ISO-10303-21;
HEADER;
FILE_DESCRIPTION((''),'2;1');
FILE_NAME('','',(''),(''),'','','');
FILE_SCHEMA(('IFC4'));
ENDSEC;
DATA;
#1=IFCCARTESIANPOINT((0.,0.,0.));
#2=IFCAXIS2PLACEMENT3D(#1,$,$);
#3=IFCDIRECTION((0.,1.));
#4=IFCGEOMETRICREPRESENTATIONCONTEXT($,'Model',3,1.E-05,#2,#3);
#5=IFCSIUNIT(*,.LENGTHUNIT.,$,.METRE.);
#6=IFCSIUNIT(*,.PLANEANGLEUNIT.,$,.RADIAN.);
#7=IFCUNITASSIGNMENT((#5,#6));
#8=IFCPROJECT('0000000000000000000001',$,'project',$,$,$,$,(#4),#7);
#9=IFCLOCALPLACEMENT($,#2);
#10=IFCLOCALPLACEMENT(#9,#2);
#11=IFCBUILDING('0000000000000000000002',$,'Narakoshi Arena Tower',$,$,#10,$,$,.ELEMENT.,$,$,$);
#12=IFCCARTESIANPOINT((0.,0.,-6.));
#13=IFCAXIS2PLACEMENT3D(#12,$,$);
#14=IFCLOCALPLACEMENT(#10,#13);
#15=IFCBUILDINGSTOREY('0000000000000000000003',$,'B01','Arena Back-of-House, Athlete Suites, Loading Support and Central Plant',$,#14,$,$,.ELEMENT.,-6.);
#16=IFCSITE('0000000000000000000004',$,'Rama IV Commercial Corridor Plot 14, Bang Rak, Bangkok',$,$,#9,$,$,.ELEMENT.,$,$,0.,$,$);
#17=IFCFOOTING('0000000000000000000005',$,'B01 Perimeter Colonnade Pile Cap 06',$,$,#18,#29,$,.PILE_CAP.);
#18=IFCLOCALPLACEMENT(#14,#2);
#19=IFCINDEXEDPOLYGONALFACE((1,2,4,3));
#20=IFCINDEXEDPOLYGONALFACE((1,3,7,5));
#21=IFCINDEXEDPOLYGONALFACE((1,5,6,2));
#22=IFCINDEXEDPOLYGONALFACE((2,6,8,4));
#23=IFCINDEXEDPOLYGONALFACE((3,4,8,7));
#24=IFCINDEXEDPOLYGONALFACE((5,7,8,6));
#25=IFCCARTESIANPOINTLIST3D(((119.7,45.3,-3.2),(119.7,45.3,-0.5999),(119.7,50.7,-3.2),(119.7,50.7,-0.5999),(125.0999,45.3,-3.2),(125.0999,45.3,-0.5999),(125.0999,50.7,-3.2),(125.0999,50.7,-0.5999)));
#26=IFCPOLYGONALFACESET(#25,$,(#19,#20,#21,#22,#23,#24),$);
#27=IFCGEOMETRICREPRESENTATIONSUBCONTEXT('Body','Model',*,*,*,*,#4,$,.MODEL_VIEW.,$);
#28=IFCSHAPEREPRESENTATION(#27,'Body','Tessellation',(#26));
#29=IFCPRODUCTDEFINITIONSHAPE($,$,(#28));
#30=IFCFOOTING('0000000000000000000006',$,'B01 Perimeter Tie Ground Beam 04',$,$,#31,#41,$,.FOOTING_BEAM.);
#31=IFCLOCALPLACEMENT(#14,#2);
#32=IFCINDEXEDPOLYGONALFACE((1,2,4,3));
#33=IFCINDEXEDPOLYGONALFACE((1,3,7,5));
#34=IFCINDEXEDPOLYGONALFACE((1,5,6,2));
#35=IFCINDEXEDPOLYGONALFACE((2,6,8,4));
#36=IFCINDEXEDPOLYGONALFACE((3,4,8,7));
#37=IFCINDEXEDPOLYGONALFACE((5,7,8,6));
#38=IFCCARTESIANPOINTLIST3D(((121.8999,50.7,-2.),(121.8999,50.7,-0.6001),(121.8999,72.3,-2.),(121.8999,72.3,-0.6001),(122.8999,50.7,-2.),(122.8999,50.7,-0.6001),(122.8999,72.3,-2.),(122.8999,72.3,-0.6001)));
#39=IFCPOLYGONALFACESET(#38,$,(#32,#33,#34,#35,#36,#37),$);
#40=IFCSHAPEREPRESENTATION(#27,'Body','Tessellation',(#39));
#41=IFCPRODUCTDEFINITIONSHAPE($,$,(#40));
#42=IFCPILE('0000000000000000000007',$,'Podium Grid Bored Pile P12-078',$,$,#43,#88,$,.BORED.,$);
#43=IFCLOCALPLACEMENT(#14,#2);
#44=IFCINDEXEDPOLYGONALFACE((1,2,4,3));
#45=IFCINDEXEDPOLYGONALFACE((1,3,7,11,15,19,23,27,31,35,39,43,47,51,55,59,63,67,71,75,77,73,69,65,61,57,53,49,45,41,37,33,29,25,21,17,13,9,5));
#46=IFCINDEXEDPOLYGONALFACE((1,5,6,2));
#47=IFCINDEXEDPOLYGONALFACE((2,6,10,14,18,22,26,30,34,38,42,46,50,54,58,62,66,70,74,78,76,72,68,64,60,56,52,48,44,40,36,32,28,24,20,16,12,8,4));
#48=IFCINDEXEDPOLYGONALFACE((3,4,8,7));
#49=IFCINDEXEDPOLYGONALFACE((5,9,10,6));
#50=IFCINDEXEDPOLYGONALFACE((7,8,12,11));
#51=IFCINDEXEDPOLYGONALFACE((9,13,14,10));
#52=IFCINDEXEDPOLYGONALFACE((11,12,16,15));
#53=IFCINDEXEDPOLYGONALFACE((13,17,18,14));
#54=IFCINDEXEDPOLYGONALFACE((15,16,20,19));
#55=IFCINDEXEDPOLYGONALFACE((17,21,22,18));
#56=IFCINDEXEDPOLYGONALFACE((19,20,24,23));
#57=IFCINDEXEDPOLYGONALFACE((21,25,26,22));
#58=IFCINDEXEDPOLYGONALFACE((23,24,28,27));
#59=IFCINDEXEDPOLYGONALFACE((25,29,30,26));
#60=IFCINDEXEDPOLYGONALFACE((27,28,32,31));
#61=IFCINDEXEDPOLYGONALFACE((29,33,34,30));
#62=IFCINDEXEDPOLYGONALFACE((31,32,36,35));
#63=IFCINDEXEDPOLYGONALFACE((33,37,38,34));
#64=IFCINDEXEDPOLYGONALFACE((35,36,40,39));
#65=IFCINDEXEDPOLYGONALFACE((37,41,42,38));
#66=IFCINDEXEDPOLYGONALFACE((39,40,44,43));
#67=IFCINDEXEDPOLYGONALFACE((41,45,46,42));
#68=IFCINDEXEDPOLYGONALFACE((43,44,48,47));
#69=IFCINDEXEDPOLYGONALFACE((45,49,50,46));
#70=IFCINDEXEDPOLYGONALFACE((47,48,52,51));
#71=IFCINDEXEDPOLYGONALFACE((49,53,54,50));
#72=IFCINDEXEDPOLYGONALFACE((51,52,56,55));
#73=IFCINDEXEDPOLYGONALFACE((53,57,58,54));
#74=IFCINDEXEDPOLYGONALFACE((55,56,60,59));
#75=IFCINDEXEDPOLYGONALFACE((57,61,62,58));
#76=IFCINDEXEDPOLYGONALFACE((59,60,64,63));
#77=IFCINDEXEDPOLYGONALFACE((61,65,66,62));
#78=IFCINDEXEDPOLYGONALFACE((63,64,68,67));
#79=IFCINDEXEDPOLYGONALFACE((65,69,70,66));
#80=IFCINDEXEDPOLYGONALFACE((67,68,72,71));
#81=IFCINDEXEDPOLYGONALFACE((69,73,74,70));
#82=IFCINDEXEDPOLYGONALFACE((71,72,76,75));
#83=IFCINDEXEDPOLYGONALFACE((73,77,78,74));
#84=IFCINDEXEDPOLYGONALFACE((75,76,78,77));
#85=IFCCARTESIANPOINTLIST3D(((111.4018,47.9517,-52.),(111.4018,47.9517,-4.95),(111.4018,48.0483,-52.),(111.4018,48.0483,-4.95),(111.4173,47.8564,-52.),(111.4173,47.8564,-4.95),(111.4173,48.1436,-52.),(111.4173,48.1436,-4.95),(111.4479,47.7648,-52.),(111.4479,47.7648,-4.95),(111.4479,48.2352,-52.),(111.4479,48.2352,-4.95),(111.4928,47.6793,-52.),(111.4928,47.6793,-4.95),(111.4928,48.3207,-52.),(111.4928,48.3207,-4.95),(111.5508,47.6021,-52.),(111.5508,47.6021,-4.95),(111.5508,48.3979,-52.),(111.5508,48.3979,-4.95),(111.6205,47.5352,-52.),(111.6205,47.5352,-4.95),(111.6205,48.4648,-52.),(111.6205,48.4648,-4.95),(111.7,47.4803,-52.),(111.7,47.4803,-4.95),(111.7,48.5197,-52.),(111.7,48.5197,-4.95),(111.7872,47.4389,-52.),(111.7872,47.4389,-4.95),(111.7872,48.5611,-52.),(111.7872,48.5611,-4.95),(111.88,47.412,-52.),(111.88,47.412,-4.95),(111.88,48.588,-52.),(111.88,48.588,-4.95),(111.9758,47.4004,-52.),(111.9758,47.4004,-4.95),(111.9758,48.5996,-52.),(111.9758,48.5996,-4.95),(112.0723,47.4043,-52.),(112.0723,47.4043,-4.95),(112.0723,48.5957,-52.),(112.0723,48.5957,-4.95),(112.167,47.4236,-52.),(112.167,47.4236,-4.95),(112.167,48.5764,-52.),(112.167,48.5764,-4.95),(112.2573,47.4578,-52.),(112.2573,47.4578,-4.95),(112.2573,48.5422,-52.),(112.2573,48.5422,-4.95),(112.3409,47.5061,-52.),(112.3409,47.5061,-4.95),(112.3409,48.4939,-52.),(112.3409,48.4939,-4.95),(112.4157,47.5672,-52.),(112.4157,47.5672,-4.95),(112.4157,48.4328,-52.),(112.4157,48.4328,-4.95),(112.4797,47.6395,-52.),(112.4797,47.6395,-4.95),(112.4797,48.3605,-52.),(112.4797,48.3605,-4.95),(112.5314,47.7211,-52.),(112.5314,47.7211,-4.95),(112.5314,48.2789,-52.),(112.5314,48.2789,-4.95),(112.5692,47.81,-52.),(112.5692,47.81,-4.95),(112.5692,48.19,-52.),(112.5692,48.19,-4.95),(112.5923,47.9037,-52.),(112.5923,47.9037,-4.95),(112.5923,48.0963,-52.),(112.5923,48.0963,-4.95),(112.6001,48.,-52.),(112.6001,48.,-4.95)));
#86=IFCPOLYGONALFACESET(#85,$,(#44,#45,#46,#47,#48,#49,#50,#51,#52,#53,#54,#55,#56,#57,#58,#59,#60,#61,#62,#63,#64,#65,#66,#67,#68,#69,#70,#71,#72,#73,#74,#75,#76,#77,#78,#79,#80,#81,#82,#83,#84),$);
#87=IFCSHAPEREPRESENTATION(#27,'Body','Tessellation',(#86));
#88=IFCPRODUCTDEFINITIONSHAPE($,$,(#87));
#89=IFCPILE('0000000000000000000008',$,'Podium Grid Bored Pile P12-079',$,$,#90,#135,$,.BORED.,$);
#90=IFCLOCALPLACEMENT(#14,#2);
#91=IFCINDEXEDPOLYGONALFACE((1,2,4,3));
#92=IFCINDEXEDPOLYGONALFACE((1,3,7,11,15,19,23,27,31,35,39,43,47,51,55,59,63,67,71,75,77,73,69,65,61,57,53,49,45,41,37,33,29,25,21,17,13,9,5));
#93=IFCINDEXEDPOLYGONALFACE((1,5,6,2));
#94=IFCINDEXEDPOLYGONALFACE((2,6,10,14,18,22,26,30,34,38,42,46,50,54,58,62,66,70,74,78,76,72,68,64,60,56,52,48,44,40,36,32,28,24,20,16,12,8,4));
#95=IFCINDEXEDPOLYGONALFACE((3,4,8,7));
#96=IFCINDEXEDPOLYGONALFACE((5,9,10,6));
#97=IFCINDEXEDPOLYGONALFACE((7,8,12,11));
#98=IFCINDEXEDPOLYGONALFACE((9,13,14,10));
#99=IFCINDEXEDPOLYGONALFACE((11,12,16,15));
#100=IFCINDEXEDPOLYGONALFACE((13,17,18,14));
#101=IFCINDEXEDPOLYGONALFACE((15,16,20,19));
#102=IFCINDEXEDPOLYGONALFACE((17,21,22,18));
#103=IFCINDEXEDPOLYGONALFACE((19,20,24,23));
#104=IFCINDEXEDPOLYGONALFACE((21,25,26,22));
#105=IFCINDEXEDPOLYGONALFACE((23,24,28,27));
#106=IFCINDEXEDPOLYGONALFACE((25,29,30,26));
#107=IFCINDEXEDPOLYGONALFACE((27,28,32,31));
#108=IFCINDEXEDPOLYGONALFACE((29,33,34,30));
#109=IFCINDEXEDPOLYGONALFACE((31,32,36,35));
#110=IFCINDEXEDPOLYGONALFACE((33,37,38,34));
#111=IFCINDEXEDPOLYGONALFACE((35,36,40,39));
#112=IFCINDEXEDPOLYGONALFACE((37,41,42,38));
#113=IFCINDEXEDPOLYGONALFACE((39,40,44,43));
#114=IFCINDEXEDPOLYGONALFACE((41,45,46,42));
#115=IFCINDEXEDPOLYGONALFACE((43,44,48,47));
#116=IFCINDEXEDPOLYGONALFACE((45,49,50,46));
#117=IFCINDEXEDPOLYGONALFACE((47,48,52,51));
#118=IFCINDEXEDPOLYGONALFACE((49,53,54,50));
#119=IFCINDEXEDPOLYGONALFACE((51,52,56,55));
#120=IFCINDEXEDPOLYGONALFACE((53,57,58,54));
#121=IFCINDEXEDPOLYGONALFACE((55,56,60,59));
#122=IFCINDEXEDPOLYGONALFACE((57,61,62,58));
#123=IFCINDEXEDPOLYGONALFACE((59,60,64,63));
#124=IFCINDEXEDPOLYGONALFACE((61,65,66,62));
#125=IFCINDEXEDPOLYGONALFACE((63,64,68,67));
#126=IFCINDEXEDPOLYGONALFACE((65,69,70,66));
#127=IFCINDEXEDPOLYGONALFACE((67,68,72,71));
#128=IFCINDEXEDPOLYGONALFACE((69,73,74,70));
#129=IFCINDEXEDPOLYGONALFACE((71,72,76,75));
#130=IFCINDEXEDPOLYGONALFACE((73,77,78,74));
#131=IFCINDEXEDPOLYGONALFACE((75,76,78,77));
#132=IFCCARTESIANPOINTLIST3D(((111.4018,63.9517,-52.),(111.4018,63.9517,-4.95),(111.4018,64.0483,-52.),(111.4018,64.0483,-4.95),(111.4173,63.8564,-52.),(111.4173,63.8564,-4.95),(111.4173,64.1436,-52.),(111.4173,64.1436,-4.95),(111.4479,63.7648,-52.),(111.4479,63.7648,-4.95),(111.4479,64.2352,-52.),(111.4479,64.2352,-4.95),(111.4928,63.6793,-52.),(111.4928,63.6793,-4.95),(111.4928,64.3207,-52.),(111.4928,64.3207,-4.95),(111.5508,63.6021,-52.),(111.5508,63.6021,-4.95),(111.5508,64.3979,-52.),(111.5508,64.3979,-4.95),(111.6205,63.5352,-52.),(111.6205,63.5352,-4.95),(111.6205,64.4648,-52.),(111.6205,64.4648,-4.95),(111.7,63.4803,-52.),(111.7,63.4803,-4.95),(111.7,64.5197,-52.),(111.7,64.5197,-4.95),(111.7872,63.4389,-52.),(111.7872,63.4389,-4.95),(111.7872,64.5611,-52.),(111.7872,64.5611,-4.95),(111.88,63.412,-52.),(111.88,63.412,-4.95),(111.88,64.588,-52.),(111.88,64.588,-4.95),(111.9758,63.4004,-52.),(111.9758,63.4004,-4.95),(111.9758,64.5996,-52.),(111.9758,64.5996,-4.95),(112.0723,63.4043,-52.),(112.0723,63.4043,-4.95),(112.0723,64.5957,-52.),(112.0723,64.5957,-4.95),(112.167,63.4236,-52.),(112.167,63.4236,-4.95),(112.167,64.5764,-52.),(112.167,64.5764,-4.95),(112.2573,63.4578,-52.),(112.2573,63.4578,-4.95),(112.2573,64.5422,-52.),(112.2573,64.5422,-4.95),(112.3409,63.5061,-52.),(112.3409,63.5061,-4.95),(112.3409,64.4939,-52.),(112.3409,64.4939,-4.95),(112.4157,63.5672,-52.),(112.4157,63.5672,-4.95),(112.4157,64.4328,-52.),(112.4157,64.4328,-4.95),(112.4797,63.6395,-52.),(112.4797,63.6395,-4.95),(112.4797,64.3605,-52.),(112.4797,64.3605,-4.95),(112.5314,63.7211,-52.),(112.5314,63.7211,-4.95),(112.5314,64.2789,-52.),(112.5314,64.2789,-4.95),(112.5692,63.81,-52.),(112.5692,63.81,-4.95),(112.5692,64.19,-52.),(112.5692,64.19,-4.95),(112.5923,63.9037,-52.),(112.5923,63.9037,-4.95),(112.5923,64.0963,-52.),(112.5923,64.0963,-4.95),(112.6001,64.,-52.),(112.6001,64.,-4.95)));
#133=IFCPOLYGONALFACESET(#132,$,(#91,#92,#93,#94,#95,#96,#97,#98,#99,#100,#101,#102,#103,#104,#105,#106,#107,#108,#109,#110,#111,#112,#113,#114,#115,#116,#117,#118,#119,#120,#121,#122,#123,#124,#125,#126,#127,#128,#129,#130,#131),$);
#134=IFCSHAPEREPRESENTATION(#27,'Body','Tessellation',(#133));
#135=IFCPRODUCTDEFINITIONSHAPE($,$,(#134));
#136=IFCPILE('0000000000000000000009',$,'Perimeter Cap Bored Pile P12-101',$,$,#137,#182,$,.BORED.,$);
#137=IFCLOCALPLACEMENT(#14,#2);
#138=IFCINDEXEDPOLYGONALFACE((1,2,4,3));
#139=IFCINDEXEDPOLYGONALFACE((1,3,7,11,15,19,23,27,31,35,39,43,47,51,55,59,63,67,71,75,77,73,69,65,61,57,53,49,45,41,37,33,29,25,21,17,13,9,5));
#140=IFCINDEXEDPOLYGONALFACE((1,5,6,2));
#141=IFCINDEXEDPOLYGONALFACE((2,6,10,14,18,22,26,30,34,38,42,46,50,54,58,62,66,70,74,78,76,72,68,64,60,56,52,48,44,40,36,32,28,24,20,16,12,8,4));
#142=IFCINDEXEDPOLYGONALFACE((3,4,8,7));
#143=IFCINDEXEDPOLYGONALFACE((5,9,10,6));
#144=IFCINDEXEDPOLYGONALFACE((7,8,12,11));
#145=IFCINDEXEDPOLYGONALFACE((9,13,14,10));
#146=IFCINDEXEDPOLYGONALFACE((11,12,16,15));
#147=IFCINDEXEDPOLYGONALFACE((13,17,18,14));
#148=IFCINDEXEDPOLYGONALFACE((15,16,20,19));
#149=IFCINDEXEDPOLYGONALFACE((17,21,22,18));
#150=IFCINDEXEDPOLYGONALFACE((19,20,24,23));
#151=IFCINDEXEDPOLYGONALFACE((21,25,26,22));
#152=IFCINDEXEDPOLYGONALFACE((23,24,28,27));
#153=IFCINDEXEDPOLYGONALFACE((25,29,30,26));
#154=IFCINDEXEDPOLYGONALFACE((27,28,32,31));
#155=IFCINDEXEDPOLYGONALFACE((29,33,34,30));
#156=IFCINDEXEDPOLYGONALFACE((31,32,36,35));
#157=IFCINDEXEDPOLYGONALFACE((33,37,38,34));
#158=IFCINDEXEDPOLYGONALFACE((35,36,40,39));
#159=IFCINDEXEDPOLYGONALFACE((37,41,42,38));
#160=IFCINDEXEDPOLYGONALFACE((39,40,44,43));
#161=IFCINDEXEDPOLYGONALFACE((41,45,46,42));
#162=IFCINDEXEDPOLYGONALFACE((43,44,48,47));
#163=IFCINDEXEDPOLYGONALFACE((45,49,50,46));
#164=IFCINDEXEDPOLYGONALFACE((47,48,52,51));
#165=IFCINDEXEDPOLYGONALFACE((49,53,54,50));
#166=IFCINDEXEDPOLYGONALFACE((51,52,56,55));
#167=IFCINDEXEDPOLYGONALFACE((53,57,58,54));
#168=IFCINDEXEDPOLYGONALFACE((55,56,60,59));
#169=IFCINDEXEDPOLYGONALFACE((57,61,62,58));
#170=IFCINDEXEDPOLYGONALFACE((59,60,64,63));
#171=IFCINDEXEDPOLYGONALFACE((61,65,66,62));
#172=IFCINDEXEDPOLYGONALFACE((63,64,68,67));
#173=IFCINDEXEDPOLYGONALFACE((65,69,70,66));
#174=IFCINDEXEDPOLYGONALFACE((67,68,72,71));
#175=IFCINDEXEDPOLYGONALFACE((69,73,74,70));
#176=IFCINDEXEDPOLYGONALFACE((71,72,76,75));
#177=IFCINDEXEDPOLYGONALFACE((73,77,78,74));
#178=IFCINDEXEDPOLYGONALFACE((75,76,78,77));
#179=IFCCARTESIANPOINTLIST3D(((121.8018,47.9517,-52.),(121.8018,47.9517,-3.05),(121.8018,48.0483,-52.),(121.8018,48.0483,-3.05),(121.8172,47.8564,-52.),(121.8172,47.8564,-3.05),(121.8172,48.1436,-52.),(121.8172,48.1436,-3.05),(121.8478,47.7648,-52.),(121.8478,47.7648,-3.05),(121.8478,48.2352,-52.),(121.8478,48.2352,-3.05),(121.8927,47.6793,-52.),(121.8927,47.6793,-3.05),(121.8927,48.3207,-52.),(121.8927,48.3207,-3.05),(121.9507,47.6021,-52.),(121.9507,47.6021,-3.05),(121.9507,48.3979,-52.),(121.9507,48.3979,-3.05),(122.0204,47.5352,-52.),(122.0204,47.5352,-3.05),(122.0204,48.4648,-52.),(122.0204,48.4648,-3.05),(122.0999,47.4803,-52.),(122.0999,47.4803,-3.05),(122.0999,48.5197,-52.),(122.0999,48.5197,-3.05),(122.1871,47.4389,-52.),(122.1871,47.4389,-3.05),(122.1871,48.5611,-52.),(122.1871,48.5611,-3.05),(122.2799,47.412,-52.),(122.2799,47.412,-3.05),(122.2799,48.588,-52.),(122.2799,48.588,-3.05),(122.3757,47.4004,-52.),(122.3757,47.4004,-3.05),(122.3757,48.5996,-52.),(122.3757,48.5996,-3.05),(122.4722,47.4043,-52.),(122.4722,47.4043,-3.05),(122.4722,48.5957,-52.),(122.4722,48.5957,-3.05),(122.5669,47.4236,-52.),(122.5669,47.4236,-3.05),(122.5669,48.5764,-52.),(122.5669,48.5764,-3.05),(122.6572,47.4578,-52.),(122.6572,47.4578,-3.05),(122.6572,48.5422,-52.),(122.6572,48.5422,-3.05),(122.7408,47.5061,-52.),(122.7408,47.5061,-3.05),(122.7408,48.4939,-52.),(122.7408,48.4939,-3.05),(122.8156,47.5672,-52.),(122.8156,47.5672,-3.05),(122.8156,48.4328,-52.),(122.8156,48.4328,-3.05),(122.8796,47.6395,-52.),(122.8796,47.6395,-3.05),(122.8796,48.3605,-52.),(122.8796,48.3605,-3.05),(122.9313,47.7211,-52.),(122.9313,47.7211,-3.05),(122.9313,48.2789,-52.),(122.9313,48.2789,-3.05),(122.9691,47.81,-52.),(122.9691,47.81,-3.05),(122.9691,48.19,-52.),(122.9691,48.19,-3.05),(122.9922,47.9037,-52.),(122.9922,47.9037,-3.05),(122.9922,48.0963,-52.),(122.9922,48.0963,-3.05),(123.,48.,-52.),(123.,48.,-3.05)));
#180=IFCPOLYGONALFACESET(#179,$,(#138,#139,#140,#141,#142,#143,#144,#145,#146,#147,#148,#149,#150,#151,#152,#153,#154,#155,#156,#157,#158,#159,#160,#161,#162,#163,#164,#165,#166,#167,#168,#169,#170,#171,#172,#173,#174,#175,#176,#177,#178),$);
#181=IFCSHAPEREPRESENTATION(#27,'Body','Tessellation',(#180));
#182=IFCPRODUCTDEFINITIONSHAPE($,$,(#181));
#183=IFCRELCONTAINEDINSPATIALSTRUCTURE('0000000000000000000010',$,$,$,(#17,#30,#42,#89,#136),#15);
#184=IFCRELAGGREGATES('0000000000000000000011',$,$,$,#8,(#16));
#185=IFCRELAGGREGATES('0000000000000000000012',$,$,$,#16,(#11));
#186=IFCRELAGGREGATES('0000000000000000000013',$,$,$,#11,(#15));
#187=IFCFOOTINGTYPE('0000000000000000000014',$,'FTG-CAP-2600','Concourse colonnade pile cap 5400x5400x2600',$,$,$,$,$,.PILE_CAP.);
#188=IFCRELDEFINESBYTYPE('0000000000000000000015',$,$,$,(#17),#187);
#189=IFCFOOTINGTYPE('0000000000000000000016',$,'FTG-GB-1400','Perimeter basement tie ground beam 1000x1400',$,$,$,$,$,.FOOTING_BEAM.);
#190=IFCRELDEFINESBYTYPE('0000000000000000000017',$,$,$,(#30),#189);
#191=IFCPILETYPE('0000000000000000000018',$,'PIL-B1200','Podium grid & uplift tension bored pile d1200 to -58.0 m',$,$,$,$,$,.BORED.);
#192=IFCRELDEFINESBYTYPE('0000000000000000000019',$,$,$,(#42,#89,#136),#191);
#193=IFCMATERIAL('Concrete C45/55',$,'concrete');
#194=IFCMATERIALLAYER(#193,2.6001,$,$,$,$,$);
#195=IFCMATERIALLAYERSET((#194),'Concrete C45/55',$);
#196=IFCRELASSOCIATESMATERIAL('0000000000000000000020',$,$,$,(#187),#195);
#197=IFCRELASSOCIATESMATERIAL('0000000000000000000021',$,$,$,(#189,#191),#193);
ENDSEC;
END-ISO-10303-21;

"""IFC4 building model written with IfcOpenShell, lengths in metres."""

from ifc_helpers import new_model, si_unit, direction, frame, origin, origin_2d, place, context, subcontext, project, spatial, rectangle, circle, extrude, material, layer, layer_set, material_profile, profile_set, type_object, element, save


model = new_model("IFC4")

# Units and contexts
model_context = context("Model", 3, precision=1e-05, world=origin(), true_north=direction((0.0, 1.0)))
body_context = subcontext(model_context, "Body", "Model", "MODEL_VIEW")
ifc_project = project(units=[si_unit("LENGTHUNIT", "METRE"), si_unit("PLANEANGLEUNIT", "RADIAN")], contexts=[model_context])

# Site, building, storey
site_placement = place(None, origin())
site = spatial("IfcSite", under=ifc_project, at=site_placement, Name="Rama IV Commercial Corridor Plot 14, Bang Rak, Bangkok", CompositionType="ELEMENT", RefElevation=0.0)
building_placement = place(site_placement, origin())
building = spatial("IfcBuilding", under=site, at=building_placement, Name="Narakoshi Arena Tower", CompositionType="ELEMENT")
storey_placement = place(building_placement, frame((0.0, 0.0, -6.0)))
storey = spatial("IfcBuildingStorey", under=building, at=storey_placement, Name="B01", Description="Arena Back-of-House, Athlete Suites, Loading Support and Central Plant", CompositionType="ELEMENT", Elevation=-6.0)

# Footings
ifc_material_1 = material(Name="Concrete C45/55", Category="concrete")
ifc_layer_1 = layer(ifc_material_1, 2.6001)
ifc_layer_set_1 = layer_set([ifc_layer_1], Name="Concrete C45/55")
footing_type_1 = type_object("IfcFootingType", Name="FTG-CAP-2600", Description="Concourse colonnade pile cap 5400x5400x2600", PredefinedType="PILE_CAP", material=ifc_layer_set_1)
footing_1_placement = place(storey_placement, frame((122.3999, 48.0, -3.2), z_axis=(0.0, 0.0, 1.0), x_axis=(1.0, 0.0, 0.0)))
element("IfcFooting", 1, at=footing_1_placement, inside=storey, type_object=footing_type_1, Name="B01 Perimeter Colonnade Pile Cap 06", PredefinedType="PILE_CAP", context=body_context, shape_type="SweptSolid", body=[
    extrude(rectangle(XDim=5.3999, YDim=5.3999, at=origin_2d()), origin(), (0.0, 0.0, 1.0), 2.6001),
])
ifc_material_profile_1 = material_profile(ifc_material_1, rectangle(XDim=1.0, YDim=1.3999, at=origin_2d()), Name="RGB1000x1400")
ifc_profile_set_1 = profile_set([ifc_material_profile_1], Name="Concrete C45/55")
footing_type_2 = type_object("IfcFootingType", Name="FTG-GB-1400", Description="Perimeter basement tie ground beam 1000x1400", PredefinedType="FOOTING_BEAM", material=ifc_profile_set_1)
footing_2_placement = place(storey_placement, frame((122.3999, 50.7, -1.3), z_axis=(0.0, 1.0, 0.0), x_axis=(-1.0, 0.0, 0.0)))
element("IfcFooting", 2, at=footing_2_placement, inside=storey, type_object=footing_type_2, Name="B01 Perimeter Tie Ground Beam 04", PredefinedType="FOOTING_BEAM", context=body_context, shape_type="SweptSolid", body=[
    extrude(rectangle(XDim=1.0, YDim=1.3999, at=origin_2d()), origin(), (0.0, 0.0, 1.0), 21.6001),
])

# Piles
ifc_material_profile_2 = material_profile(ifc_material_1, circle(Radius=0.6001, at=origin_2d()), Name="PILE-D1200")
ifc_profile_set_2 = profile_set([ifc_material_profile_2], Name="Concrete C45/55")
pile_type_1 = type_object("IfcPileType", Name="PIL-B1200", Description="Podium grid & uplift tension bored pile d1200 to -58.0 m", PredefinedType="BORED", material=ifc_profile_set_2)
for number, where, z_axis, x_axis, name in (
    (3, (112.0, 48.0, -4.95), (0.0, 0.0, -1.0), (1.0, 0.0, 0.0), "Podium Grid Bored Pile P12-078"),
    (4, (112.0, 64.0, -4.95), (0.0, 0.0, -1.0), (1.0, 0.0, 0.0), "Podium Grid Bored Pile P12-079"),
):
    element("IfcPile", number, at=place(storey_placement, frame(where, z_axis=z_axis, x_axis=x_axis)), inside=storey, type_object=pile_type_1, Name=name, PredefinedType="BORED", context=body_context, shape_type="SweptSolid", body=[
        extrude(circle(Radius=0.6001, at=origin_2d()), origin(), (0.0, 0.0, 1.0), 47.05),
    ])
pile_1_placement = place(storey_placement, frame((122.3999, 48.0, -3.05), z_axis=(0.0, 0.0, -1.0), x_axis=(1.0, 0.0, 0.0)))
element("IfcPile", 5, at=pile_1_placement, inside=storey, type_object=pile_type_1, Name="Perimeter Cap Bored Pile P12-101", PredefinedType="BORED", context=body_context, shape_type="SweptSolid", body=[
    extrude(circle(Radius=0.6001, at=origin_2d()), origin(), (0.0, 0.0, 1.0), 48.95),
])

save(model, "model.ifc")
